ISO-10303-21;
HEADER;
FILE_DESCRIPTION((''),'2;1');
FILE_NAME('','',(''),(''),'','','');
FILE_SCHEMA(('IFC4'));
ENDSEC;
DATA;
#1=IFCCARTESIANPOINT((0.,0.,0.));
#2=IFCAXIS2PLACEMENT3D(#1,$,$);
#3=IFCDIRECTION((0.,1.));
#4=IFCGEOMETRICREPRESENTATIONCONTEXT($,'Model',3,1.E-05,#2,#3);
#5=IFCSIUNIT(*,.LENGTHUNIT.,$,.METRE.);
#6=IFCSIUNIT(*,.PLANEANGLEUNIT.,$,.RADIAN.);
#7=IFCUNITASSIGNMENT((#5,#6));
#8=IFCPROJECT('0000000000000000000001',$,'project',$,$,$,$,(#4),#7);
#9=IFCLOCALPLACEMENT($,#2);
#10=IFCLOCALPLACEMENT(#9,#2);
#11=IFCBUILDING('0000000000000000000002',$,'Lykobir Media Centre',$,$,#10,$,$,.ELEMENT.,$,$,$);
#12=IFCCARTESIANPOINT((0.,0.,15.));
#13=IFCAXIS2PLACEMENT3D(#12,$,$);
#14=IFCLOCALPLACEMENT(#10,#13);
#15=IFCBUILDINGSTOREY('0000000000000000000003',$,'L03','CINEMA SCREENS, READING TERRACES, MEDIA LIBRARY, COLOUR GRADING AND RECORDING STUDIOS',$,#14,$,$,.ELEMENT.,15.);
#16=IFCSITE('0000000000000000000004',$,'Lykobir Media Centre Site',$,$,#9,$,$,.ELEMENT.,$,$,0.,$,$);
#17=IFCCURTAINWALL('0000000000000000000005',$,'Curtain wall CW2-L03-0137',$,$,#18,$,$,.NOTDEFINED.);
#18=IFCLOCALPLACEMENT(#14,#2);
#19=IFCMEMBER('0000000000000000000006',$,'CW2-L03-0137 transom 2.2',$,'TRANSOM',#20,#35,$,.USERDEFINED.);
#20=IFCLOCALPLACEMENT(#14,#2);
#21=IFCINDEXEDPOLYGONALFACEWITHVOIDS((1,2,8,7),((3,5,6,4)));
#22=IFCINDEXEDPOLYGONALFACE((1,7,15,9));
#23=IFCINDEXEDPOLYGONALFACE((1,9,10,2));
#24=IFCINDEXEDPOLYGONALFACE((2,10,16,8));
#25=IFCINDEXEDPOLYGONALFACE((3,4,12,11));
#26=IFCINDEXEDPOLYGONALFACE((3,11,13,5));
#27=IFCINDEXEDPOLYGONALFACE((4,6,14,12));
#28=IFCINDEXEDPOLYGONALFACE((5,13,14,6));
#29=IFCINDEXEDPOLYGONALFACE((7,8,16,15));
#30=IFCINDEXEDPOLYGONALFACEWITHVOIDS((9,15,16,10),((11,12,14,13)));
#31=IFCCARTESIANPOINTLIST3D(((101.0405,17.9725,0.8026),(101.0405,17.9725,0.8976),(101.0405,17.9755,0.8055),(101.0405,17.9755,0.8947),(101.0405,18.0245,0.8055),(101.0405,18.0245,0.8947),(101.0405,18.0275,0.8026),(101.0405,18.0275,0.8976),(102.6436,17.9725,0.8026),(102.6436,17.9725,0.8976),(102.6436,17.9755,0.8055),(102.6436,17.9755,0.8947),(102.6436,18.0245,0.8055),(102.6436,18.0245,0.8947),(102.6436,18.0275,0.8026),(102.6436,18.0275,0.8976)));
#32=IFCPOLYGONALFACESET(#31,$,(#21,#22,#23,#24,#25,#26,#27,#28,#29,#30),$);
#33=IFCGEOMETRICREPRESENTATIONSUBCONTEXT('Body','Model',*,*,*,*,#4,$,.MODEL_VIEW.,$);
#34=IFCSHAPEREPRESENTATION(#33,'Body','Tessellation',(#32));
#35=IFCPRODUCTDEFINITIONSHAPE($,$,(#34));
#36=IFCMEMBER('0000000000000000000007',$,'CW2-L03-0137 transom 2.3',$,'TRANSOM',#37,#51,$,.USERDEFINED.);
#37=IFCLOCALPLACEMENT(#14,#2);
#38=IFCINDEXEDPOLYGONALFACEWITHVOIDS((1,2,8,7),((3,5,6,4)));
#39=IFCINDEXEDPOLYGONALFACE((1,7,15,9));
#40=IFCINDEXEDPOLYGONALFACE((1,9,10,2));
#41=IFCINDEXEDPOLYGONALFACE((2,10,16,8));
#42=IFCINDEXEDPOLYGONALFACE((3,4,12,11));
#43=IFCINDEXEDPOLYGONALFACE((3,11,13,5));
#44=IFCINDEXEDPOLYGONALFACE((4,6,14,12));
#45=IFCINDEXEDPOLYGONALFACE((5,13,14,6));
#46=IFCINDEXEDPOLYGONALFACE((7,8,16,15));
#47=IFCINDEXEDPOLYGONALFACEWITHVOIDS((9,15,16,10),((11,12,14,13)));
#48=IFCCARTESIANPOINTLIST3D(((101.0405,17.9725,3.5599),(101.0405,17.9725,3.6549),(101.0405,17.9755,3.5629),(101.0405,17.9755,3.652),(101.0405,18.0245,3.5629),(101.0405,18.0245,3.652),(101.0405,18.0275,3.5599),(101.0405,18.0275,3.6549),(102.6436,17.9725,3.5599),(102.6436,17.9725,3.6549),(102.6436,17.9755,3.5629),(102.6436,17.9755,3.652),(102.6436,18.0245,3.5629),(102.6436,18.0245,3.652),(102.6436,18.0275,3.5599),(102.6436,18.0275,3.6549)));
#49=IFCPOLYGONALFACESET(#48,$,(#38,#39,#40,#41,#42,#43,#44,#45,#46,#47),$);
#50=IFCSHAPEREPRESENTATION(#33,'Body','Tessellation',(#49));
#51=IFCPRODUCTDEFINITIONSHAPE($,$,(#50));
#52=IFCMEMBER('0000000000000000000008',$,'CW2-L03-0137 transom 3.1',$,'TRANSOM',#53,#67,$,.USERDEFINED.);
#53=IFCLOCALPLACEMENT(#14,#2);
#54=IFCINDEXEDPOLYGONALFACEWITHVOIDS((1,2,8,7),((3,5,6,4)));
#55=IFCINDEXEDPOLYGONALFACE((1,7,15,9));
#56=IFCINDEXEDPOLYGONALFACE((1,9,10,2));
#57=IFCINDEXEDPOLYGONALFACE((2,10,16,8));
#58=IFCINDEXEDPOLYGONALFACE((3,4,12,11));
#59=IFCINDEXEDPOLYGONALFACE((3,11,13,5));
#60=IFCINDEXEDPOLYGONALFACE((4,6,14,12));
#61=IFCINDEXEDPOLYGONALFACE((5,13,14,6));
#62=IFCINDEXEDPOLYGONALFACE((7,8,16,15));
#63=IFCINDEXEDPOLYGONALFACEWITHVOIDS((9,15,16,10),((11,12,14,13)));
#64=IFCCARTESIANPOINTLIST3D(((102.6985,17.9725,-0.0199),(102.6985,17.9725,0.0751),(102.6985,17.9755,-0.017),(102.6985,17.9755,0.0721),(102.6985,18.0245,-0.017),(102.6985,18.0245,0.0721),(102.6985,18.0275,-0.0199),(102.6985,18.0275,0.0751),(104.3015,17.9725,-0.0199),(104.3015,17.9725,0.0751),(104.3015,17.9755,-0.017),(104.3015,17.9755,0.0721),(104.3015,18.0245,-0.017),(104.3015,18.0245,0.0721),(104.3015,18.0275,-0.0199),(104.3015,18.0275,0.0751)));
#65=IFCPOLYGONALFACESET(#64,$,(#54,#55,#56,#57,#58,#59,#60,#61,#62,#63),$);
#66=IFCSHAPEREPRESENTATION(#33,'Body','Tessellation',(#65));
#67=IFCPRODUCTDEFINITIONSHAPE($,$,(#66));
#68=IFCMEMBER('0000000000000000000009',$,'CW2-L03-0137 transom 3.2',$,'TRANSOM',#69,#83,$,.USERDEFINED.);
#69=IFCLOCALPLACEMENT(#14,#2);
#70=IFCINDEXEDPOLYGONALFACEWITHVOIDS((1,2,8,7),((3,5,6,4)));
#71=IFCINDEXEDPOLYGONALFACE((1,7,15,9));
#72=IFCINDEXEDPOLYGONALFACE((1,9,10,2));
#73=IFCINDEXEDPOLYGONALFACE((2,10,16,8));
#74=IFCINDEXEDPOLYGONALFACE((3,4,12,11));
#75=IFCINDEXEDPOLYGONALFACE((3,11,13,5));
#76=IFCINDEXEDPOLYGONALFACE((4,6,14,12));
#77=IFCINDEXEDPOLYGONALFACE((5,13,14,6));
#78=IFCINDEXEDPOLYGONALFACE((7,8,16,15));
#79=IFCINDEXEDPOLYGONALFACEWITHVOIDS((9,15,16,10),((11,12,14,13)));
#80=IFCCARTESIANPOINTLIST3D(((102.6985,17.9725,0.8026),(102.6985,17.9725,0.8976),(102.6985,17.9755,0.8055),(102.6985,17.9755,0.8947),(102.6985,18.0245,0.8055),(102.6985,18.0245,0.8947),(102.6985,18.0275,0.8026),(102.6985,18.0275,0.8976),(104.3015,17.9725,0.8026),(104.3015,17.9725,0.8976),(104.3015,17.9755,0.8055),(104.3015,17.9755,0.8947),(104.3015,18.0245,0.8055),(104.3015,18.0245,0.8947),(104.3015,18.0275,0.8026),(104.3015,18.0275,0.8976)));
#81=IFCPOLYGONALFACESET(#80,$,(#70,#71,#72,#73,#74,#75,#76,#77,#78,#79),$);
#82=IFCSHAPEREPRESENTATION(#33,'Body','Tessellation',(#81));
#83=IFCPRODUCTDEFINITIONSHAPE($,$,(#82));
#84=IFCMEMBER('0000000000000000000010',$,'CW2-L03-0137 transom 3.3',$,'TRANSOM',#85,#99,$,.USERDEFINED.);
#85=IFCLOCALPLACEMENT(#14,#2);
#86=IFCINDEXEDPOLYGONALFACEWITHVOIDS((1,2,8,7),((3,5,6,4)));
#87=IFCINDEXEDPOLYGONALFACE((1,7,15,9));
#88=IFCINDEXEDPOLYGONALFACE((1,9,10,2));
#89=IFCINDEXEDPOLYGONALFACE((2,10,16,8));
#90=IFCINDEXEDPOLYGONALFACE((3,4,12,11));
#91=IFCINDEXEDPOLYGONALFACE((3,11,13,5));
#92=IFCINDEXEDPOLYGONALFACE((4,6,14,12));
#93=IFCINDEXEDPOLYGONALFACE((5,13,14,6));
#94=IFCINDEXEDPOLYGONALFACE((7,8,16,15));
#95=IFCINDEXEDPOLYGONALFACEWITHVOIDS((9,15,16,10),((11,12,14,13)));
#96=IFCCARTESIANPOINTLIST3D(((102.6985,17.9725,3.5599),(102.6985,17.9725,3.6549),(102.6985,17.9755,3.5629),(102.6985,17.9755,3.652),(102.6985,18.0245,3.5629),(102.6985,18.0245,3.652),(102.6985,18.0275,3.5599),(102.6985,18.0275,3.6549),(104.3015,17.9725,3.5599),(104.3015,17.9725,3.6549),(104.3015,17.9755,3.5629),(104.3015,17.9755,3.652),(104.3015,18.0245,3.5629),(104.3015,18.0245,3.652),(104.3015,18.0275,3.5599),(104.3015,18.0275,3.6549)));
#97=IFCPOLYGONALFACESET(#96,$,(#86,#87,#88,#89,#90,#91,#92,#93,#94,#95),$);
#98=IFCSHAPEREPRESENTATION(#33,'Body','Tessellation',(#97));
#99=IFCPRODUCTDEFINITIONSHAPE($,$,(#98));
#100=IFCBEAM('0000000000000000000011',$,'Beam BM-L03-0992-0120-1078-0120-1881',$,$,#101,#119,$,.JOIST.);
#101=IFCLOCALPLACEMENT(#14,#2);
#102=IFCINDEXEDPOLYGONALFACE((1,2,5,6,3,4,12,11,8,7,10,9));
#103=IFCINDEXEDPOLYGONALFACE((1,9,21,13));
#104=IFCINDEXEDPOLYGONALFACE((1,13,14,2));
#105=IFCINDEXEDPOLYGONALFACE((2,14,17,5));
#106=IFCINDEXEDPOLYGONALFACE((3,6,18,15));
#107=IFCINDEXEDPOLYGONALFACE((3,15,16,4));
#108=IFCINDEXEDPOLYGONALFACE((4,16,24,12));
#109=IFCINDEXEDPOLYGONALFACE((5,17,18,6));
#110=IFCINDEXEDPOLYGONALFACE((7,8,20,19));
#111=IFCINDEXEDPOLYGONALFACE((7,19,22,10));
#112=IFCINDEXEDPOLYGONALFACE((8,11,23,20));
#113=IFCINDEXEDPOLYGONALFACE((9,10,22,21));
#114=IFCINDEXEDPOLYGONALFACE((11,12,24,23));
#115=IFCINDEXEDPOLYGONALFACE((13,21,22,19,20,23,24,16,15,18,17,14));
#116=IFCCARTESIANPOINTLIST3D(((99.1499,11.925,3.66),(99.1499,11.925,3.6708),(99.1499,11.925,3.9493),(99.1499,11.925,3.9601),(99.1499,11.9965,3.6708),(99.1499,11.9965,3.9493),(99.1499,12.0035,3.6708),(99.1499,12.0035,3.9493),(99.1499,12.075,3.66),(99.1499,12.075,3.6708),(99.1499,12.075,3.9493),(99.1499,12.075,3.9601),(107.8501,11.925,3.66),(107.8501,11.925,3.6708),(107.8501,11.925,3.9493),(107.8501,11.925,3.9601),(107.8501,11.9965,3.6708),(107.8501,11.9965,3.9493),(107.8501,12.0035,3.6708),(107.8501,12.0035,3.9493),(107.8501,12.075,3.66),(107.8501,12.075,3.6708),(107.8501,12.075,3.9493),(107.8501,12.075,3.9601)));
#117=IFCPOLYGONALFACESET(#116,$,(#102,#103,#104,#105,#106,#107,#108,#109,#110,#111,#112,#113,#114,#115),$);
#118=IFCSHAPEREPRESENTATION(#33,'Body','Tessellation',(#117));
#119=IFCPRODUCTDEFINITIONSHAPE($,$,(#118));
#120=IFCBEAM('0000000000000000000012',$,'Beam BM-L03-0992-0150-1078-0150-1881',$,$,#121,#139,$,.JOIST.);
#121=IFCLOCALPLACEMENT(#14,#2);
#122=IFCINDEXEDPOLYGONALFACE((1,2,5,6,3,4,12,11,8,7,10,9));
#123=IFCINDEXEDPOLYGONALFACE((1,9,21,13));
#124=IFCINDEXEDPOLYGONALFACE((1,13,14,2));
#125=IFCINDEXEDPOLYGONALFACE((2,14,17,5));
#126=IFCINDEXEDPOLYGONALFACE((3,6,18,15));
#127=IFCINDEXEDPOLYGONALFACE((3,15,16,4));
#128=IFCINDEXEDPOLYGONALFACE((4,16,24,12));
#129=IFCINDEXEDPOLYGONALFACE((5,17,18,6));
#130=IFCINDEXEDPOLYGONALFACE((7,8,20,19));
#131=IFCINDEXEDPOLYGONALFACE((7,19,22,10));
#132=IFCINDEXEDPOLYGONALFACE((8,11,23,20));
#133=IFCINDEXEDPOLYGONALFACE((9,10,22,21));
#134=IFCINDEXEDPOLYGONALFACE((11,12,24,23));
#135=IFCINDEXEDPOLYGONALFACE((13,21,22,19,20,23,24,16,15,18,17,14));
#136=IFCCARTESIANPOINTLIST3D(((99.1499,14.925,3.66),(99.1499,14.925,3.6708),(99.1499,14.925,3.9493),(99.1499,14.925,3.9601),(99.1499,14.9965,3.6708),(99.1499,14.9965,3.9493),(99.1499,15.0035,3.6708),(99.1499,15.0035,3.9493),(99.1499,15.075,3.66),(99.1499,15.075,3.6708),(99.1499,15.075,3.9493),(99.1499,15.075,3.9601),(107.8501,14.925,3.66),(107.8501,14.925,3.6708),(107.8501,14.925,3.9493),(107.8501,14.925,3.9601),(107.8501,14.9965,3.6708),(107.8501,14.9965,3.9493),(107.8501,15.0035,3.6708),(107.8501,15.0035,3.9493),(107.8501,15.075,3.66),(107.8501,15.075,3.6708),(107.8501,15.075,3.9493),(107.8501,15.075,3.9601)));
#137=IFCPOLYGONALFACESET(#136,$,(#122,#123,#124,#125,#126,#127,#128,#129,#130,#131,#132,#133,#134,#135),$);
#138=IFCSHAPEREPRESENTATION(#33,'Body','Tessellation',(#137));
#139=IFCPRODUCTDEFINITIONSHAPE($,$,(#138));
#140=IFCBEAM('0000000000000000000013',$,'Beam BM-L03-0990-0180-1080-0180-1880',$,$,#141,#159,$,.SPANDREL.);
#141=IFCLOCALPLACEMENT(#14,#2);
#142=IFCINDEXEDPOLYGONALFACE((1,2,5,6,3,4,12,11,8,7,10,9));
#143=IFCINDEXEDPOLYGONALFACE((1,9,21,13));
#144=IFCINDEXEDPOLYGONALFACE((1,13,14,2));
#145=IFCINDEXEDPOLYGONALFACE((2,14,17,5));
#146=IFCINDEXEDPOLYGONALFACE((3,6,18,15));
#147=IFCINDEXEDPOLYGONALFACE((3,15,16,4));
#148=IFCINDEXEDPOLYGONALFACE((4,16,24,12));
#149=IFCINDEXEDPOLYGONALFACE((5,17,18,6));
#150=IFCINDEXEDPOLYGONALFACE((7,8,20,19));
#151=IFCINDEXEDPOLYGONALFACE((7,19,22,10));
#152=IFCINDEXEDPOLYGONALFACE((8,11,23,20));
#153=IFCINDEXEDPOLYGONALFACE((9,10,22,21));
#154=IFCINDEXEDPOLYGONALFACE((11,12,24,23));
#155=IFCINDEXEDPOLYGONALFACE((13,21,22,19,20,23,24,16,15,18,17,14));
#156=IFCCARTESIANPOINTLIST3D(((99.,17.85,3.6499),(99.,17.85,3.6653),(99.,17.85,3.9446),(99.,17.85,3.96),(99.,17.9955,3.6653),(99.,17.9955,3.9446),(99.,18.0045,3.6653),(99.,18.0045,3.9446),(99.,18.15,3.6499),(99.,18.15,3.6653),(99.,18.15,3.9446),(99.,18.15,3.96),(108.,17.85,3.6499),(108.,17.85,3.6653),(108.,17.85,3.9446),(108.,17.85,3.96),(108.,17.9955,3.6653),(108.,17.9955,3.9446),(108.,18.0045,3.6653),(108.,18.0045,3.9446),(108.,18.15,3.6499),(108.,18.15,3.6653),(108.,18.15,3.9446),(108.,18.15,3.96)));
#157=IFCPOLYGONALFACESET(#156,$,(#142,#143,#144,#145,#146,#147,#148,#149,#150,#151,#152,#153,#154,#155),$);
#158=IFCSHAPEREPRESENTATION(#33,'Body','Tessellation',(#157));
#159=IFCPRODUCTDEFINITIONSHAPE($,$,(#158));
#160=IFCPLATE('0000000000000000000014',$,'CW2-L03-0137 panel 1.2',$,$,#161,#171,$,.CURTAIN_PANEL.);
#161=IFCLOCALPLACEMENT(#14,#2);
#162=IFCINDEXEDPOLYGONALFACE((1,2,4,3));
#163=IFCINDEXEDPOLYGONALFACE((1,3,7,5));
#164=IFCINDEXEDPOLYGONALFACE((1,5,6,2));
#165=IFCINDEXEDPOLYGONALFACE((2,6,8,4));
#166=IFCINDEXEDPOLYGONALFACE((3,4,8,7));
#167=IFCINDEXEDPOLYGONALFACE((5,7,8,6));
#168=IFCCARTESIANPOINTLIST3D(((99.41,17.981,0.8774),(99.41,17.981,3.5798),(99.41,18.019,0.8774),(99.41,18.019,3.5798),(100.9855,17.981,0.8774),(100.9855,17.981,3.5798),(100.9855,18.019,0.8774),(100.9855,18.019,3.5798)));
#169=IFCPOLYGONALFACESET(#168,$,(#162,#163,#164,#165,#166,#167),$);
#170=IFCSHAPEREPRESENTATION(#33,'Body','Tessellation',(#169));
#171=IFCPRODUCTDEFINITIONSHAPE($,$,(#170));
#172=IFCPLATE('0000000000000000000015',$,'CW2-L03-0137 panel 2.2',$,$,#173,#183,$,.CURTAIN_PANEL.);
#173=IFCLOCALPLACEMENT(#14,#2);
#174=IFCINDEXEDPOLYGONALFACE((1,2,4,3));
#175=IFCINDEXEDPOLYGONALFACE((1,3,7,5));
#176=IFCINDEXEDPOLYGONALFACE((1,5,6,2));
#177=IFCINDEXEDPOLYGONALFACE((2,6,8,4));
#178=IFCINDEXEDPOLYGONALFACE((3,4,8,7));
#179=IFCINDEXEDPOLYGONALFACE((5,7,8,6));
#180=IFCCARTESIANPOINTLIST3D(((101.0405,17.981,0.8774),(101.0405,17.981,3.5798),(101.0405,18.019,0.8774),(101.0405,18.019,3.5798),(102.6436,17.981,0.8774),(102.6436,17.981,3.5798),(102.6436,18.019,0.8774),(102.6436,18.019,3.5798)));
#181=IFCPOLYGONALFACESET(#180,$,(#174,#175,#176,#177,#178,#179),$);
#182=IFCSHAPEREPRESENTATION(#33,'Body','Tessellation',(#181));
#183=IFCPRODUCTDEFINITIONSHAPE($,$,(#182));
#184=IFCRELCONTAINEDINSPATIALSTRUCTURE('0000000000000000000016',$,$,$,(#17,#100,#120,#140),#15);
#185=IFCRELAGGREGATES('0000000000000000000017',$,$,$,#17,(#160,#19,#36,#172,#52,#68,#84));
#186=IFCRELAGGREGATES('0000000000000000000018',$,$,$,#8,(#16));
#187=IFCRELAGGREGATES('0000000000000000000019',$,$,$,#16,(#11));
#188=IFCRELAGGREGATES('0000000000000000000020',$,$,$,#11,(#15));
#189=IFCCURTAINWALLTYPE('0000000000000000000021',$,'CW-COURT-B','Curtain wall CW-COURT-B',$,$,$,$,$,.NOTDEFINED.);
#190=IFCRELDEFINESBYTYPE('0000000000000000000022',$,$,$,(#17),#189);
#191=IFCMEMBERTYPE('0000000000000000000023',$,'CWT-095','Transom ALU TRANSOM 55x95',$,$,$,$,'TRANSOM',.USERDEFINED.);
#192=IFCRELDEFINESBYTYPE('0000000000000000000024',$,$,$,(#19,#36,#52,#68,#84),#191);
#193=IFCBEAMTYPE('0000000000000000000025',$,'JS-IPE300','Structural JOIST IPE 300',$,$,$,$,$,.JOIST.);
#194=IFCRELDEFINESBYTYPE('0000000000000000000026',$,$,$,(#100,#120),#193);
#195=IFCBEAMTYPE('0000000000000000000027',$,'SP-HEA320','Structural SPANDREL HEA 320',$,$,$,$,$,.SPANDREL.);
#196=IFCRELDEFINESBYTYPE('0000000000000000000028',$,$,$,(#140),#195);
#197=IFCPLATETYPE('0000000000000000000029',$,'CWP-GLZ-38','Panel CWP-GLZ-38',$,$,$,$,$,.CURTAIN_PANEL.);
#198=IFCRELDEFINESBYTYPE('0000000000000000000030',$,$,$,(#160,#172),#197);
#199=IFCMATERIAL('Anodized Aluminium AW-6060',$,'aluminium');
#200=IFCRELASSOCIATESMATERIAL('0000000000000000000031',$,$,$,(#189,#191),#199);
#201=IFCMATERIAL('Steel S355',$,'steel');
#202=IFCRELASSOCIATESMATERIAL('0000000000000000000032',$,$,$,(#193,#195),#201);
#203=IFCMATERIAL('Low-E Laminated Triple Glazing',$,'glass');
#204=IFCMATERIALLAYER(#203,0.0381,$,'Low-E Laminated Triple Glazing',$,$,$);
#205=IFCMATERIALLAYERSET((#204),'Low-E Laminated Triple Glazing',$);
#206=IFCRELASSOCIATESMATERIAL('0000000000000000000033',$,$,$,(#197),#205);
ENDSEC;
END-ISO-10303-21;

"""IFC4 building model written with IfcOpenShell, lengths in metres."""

from ifc_helpers import new_model, si_unit, direction, frame, origin, origin_2d, place, context, subcontext, project, spatial, rectangle, hollow_rectangle, i_section, extrude, material, layer, layer_set, material_profile, profile_set, type_object, element, aggregate, save


model = new_model("IFC4")

# Units and contexts
model_context = context("Model", 3, precision=1e-05, world=origin(), true_north=direction((0.0, 1.0)))
body_context = subcontext(model_context, "Body", "Model", "MODEL_VIEW")
ifc_project = project(units=[si_unit("LENGTHUNIT", "METRE"), si_unit("PLANEANGLEUNIT", "RADIAN")], contexts=[model_context])

# Site, building, storey
site_placement = place(None, origin())
site = spatial("IfcSite", under=ifc_project, at=site_placement, Name="Lykobir Media Centre Site", CompositionType="ELEMENT", RefElevation=0.0)
building_placement = place(site_placement, origin())
building = spatial("IfcBuilding", under=site, at=building_placement, Name="Lykobir Media Centre", CompositionType="ELEMENT")
storey_placement = place(building_placement, frame((0.0, 0.0, 15.0)))
storey = spatial("IfcBuildingStorey", under=building, at=storey_placement, Name="L03", Description="CINEMA SCREENS, READING TERRACES, MEDIA LIBRARY, COLOUR GRADING AND RECORDING STUDIOS", CompositionType="ELEMENT", Elevation=15.0)

# Shared definitions
ifc_material_1 = material(Name="Steel S355", Category="steel")

# Curtain wall, members
ifc_material_2 = material(Name="Anodized Aluminium AW-6060", Category="aluminium")
curtain_wall_type = type_object("IfcCurtainWallType", Name="CW-COURT-B", Description="Curtain wall CW-COURT-B", PredefinedType="NOTDEFINED", material=ifc_material_2)
curtain_wall_placement = place(storey_placement, origin())
curtain_wall = element("IfcCurtainWall", 1, at=curtain_wall_placement, inside=storey, type_object=curtain_wall_type, Name="Curtain wall CW2-L03-0137", PredefinedType="NOTDEFINED")
ifc_material_profile_1 = material_profile(ifc_material_2, hollow_rectangle(XDim=0.0549, YDim=0.095, WallThickness=0.0029, at=origin_2d()), Name="ALU TRANSOM 55x95")
ifc_profile_set_1 = profile_set([ifc_material_profile_1], Name="Anodized Aluminium AW-6060")
member_type_1 = type_object("IfcMemberType", Name="CWT-095", Description="Transom ALU TRANSOM 55x95", ElementType="TRANSOM", PredefinedType="USERDEFINED", material=ifc_profile_set_1)
member_1_placement = place(storey_placement, frame((101.0405, 18.0, 0.8501), z_axis=(1.0, 0.0, 0.0), x_axis=(0.0, 1.0, 0.0)))
member_1 = element("IfcMember", 2, at=member_1_placement, type_object=member_type_1, Name="CW2-L03-0137 transom 2.2", ObjectType="TRANSOM", PredefinedType="USERDEFINED", context=body_context, shape_type="SweptSolid", body=[
    extrude(hollow_rectangle(XDim=0.0549, YDim=0.095, WallThickness=0.0029, at=origin_2d()), origin(), (0.0, 0.0, 1.0), 1.603),
])
member_2_placement = place(storey_placement, frame((101.0405, 18.0, 3.6074), z_axis=(1.0, 0.0, 0.0), x_axis=(0.0, 1.0, 0.0)))
member_2 = element("IfcMember", 3, at=member_2_placement, type_object=member_type_1, Name="CW2-L03-0137 transom 2.3", ObjectType="TRANSOM", PredefinedType="USERDEFINED", context=body_context, shape_type="SweptSolid", body=[
    extrude(hollow_rectangle(XDim=0.0549, YDim=0.095, WallThickness=0.0029, at=origin_2d()), origin(), (0.0, 0.0, 1.0), 1.603),
])
member_3_placement = place(storey_placement, frame((102.6985, 18.0, 0.0276), z_axis=(1.0, 0.0, 0.0), x_axis=(0.0, 1.0, 0.0)))
member_3 = element("IfcMember", 4, at=member_3_placement, type_object=member_type_1, Name="CW2-L03-0137 transom 3.1", ObjectType="TRANSOM", PredefinedType="USERDEFINED", context=body_context, shape_type="SweptSolid", body=[
    extrude(hollow_rectangle(XDim=0.0549, YDim=0.095, WallThickness=0.0029, at=origin_2d()), origin(), (0.0, 0.0, 1.0), 1.603),
])
member_4_placement = place(storey_placement, frame((102.6985, 18.0, 0.8501), z_axis=(1.0, 0.0, 0.0), x_axis=(0.0, 1.0, 0.0)))
member_4 = element("IfcMember", 5, at=member_4_placement, type_object=member_type_1, Name="CW2-L03-0137 transom 3.2", ObjectType="TRANSOM", PredefinedType="USERDEFINED", context=body_context, shape_type="SweptSolid", body=[
    extrude(hollow_rectangle(XDim=0.0549, YDim=0.095, WallThickness=0.0029, at=origin_2d()), origin(), (0.0, 0.0, 1.0), 1.603),
])
member_5_placement = place(storey_placement, frame((102.6985, 18.0, 3.6074), z_axis=(1.0, 0.0, 0.0), x_axis=(0.0, 1.0, 0.0)))
member_5 = element("IfcMember", 6, at=member_5_placement, type_object=member_type_1, Name="CW2-L03-0137 transom 3.3", ObjectType="TRANSOM", PredefinedType="USERDEFINED", context=body_context, shape_type="SweptSolid", body=[
    extrude(hollow_rectangle(XDim=0.0549, YDim=0.095, WallThickness=0.0029, at=origin_2d()), origin(), (0.0, 0.0, 1.0), 1.603),
])

# Beams
ifc_material_profile_2 = material_profile(ifc_material_1, i_section(OverallWidth=0.1499, OverallDepth=0.3, WebThickness=0.0071, FlangeThickness=0.0107, at=origin_2d()), Name="IPE 300")
ifc_profile_set_2 = profile_set([ifc_material_profile_2], Name="Steel S355")
beam_type_1 = type_object("IfcBeamType", Name="JS-IPE300", Description="Structural JOIST IPE 300", PredefinedType="JOIST", material=ifc_profile_set_2)
for number, where, z_axis, x_axis, name in (
    (7, (99.1499, 12.0, 3.8101), (1.0, 0.0, 0.0), (0.0, 1.0, 0.0), "Beam BM-L03-0992-0120-1078-0120-1881"),
    (8, (99.1499, 15.0, 3.8101), (1.0, 0.0, 0.0), (0.0, 1.0, 0.0), "Beam BM-L03-0992-0150-1078-0150-1881"),
):
    element("IfcBeam", number, at=place(storey_placement, frame(where, z_axis=z_axis, x_axis=x_axis)), inside=storey, type_object=beam_type_1, Name=name, PredefinedType="JOIST", context=body_context, shape_type="SweptSolid", body=[
        extrude(i_section(OverallWidth=0.1499, OverallDepth=0.3, WebThickness=0.0071, FlangeThickness=0.0107, at=origin_2d()), origin(), (0.0, 0.0, 1.0), 8.7002),
    ])
ifc_material_profile_3 = material_profile(ifc_material_1, i_section(OverallWidth=0.3, OverallDepth=0.3101, WebThickness=0.009, FlangeThickness=0.0154, at=origin_2d()), Name="HEA 320")
ifc_profile_set_3 = profile_set([ifc_material_profile_3], Name="Steel S355")
beam_type_2 = type_object("IfcBeamType", Name="SP-HEA320", Description="Structural SPANDREL HEA 320", PredefinedType="SPANDREL", material=ifc_profile_set_3)
beam_placement = place(storey_placement, frame((99.0, 18.0, 3.8049), z_axis=(1.0, 0.0, 0.0), x_axis=(0.0, 1.0, 0.0)))
element("IfcBeam", 9, at=beam_placement, inside=storey, type_object=beam_type_2, Name="Beam BM-L03-0990-0180-1080-0180-1880", PredefinedType="SPANDREL", context=body_context, shape_type="SweptSolid", body=[
    extrude(i_section(OverallWidth=0.3, OverallDepth=0.3101, WebThickness=0.009, FlangeThickness=0.0154, at=origin_2d()), origin(), (0.0, 0.0, 1.0), 9.0),
])

# Plates
ifc_material_3 = material(Name="Low-E Laminated Triple Glazing", Category="glass")
ifc_layer_1 = layer(ifc_material_3, 0.0381, Name="Low-E Laminated Triple Glazing")
ifc_layer_set_1 = layer_set([ifc_layer_1], Name="Low-E Laminated Triple Glazing")
plate_type_1 = type_object("IfcPlateType", Name="CWP-GLZ-38", Description="Panel CWP-GLZ-38", PredefinedType="CURTAIN_PANEL", material=ifc_layer_set_1)
plate_1_placement = place(storey_placement, frame((100.1978, 18.0, 0.8774), z_axis=(0.0, 0.0, 1.0), x_axis=(1.0, 0.0, 0.0)))
plate_1 = element("IfcPlate", 10, at=plate_1_placement, type_object=plate_type_1, Name="CW2-L03-0137 panel 1.2", PredefinedType="CURTAIN_PANEL", context=body_context, shape_type="SweptSolid", body=[
    extrude(rectangle(XDim=1.5754, YDim=0.0381, at=origin_2d()), origin(), (0.0, 0.0, 1.0), 2.7024),
])
plate_2_placement = place(storey_placement, frame((101.842, 18.0, 0.8774), z_axis=(0.0, 0.0, 1.0), x_axis=(1.0, 0.0, 0.0)))
plate_2 = element("IfcPlate", 11, at=plate_2_placement, type_object=plate_type_1, Name="CW2-L03-0137 panel 2.2", PredefinedType="CURTAIN_PANEL", context=body_context, shape_type="SweptSolid", body=[
    extrude(rectangle(XDim=1.603, YDim=0.0381, at=origin_2d()), origin(), (0.0, 0.0, 1.0), 2.7024),
])
aggregate(curtain_wall, [plate_1, member_1, member_2, plate_2, member_3, member_4, member_5])

save(model, "model.ifc")
